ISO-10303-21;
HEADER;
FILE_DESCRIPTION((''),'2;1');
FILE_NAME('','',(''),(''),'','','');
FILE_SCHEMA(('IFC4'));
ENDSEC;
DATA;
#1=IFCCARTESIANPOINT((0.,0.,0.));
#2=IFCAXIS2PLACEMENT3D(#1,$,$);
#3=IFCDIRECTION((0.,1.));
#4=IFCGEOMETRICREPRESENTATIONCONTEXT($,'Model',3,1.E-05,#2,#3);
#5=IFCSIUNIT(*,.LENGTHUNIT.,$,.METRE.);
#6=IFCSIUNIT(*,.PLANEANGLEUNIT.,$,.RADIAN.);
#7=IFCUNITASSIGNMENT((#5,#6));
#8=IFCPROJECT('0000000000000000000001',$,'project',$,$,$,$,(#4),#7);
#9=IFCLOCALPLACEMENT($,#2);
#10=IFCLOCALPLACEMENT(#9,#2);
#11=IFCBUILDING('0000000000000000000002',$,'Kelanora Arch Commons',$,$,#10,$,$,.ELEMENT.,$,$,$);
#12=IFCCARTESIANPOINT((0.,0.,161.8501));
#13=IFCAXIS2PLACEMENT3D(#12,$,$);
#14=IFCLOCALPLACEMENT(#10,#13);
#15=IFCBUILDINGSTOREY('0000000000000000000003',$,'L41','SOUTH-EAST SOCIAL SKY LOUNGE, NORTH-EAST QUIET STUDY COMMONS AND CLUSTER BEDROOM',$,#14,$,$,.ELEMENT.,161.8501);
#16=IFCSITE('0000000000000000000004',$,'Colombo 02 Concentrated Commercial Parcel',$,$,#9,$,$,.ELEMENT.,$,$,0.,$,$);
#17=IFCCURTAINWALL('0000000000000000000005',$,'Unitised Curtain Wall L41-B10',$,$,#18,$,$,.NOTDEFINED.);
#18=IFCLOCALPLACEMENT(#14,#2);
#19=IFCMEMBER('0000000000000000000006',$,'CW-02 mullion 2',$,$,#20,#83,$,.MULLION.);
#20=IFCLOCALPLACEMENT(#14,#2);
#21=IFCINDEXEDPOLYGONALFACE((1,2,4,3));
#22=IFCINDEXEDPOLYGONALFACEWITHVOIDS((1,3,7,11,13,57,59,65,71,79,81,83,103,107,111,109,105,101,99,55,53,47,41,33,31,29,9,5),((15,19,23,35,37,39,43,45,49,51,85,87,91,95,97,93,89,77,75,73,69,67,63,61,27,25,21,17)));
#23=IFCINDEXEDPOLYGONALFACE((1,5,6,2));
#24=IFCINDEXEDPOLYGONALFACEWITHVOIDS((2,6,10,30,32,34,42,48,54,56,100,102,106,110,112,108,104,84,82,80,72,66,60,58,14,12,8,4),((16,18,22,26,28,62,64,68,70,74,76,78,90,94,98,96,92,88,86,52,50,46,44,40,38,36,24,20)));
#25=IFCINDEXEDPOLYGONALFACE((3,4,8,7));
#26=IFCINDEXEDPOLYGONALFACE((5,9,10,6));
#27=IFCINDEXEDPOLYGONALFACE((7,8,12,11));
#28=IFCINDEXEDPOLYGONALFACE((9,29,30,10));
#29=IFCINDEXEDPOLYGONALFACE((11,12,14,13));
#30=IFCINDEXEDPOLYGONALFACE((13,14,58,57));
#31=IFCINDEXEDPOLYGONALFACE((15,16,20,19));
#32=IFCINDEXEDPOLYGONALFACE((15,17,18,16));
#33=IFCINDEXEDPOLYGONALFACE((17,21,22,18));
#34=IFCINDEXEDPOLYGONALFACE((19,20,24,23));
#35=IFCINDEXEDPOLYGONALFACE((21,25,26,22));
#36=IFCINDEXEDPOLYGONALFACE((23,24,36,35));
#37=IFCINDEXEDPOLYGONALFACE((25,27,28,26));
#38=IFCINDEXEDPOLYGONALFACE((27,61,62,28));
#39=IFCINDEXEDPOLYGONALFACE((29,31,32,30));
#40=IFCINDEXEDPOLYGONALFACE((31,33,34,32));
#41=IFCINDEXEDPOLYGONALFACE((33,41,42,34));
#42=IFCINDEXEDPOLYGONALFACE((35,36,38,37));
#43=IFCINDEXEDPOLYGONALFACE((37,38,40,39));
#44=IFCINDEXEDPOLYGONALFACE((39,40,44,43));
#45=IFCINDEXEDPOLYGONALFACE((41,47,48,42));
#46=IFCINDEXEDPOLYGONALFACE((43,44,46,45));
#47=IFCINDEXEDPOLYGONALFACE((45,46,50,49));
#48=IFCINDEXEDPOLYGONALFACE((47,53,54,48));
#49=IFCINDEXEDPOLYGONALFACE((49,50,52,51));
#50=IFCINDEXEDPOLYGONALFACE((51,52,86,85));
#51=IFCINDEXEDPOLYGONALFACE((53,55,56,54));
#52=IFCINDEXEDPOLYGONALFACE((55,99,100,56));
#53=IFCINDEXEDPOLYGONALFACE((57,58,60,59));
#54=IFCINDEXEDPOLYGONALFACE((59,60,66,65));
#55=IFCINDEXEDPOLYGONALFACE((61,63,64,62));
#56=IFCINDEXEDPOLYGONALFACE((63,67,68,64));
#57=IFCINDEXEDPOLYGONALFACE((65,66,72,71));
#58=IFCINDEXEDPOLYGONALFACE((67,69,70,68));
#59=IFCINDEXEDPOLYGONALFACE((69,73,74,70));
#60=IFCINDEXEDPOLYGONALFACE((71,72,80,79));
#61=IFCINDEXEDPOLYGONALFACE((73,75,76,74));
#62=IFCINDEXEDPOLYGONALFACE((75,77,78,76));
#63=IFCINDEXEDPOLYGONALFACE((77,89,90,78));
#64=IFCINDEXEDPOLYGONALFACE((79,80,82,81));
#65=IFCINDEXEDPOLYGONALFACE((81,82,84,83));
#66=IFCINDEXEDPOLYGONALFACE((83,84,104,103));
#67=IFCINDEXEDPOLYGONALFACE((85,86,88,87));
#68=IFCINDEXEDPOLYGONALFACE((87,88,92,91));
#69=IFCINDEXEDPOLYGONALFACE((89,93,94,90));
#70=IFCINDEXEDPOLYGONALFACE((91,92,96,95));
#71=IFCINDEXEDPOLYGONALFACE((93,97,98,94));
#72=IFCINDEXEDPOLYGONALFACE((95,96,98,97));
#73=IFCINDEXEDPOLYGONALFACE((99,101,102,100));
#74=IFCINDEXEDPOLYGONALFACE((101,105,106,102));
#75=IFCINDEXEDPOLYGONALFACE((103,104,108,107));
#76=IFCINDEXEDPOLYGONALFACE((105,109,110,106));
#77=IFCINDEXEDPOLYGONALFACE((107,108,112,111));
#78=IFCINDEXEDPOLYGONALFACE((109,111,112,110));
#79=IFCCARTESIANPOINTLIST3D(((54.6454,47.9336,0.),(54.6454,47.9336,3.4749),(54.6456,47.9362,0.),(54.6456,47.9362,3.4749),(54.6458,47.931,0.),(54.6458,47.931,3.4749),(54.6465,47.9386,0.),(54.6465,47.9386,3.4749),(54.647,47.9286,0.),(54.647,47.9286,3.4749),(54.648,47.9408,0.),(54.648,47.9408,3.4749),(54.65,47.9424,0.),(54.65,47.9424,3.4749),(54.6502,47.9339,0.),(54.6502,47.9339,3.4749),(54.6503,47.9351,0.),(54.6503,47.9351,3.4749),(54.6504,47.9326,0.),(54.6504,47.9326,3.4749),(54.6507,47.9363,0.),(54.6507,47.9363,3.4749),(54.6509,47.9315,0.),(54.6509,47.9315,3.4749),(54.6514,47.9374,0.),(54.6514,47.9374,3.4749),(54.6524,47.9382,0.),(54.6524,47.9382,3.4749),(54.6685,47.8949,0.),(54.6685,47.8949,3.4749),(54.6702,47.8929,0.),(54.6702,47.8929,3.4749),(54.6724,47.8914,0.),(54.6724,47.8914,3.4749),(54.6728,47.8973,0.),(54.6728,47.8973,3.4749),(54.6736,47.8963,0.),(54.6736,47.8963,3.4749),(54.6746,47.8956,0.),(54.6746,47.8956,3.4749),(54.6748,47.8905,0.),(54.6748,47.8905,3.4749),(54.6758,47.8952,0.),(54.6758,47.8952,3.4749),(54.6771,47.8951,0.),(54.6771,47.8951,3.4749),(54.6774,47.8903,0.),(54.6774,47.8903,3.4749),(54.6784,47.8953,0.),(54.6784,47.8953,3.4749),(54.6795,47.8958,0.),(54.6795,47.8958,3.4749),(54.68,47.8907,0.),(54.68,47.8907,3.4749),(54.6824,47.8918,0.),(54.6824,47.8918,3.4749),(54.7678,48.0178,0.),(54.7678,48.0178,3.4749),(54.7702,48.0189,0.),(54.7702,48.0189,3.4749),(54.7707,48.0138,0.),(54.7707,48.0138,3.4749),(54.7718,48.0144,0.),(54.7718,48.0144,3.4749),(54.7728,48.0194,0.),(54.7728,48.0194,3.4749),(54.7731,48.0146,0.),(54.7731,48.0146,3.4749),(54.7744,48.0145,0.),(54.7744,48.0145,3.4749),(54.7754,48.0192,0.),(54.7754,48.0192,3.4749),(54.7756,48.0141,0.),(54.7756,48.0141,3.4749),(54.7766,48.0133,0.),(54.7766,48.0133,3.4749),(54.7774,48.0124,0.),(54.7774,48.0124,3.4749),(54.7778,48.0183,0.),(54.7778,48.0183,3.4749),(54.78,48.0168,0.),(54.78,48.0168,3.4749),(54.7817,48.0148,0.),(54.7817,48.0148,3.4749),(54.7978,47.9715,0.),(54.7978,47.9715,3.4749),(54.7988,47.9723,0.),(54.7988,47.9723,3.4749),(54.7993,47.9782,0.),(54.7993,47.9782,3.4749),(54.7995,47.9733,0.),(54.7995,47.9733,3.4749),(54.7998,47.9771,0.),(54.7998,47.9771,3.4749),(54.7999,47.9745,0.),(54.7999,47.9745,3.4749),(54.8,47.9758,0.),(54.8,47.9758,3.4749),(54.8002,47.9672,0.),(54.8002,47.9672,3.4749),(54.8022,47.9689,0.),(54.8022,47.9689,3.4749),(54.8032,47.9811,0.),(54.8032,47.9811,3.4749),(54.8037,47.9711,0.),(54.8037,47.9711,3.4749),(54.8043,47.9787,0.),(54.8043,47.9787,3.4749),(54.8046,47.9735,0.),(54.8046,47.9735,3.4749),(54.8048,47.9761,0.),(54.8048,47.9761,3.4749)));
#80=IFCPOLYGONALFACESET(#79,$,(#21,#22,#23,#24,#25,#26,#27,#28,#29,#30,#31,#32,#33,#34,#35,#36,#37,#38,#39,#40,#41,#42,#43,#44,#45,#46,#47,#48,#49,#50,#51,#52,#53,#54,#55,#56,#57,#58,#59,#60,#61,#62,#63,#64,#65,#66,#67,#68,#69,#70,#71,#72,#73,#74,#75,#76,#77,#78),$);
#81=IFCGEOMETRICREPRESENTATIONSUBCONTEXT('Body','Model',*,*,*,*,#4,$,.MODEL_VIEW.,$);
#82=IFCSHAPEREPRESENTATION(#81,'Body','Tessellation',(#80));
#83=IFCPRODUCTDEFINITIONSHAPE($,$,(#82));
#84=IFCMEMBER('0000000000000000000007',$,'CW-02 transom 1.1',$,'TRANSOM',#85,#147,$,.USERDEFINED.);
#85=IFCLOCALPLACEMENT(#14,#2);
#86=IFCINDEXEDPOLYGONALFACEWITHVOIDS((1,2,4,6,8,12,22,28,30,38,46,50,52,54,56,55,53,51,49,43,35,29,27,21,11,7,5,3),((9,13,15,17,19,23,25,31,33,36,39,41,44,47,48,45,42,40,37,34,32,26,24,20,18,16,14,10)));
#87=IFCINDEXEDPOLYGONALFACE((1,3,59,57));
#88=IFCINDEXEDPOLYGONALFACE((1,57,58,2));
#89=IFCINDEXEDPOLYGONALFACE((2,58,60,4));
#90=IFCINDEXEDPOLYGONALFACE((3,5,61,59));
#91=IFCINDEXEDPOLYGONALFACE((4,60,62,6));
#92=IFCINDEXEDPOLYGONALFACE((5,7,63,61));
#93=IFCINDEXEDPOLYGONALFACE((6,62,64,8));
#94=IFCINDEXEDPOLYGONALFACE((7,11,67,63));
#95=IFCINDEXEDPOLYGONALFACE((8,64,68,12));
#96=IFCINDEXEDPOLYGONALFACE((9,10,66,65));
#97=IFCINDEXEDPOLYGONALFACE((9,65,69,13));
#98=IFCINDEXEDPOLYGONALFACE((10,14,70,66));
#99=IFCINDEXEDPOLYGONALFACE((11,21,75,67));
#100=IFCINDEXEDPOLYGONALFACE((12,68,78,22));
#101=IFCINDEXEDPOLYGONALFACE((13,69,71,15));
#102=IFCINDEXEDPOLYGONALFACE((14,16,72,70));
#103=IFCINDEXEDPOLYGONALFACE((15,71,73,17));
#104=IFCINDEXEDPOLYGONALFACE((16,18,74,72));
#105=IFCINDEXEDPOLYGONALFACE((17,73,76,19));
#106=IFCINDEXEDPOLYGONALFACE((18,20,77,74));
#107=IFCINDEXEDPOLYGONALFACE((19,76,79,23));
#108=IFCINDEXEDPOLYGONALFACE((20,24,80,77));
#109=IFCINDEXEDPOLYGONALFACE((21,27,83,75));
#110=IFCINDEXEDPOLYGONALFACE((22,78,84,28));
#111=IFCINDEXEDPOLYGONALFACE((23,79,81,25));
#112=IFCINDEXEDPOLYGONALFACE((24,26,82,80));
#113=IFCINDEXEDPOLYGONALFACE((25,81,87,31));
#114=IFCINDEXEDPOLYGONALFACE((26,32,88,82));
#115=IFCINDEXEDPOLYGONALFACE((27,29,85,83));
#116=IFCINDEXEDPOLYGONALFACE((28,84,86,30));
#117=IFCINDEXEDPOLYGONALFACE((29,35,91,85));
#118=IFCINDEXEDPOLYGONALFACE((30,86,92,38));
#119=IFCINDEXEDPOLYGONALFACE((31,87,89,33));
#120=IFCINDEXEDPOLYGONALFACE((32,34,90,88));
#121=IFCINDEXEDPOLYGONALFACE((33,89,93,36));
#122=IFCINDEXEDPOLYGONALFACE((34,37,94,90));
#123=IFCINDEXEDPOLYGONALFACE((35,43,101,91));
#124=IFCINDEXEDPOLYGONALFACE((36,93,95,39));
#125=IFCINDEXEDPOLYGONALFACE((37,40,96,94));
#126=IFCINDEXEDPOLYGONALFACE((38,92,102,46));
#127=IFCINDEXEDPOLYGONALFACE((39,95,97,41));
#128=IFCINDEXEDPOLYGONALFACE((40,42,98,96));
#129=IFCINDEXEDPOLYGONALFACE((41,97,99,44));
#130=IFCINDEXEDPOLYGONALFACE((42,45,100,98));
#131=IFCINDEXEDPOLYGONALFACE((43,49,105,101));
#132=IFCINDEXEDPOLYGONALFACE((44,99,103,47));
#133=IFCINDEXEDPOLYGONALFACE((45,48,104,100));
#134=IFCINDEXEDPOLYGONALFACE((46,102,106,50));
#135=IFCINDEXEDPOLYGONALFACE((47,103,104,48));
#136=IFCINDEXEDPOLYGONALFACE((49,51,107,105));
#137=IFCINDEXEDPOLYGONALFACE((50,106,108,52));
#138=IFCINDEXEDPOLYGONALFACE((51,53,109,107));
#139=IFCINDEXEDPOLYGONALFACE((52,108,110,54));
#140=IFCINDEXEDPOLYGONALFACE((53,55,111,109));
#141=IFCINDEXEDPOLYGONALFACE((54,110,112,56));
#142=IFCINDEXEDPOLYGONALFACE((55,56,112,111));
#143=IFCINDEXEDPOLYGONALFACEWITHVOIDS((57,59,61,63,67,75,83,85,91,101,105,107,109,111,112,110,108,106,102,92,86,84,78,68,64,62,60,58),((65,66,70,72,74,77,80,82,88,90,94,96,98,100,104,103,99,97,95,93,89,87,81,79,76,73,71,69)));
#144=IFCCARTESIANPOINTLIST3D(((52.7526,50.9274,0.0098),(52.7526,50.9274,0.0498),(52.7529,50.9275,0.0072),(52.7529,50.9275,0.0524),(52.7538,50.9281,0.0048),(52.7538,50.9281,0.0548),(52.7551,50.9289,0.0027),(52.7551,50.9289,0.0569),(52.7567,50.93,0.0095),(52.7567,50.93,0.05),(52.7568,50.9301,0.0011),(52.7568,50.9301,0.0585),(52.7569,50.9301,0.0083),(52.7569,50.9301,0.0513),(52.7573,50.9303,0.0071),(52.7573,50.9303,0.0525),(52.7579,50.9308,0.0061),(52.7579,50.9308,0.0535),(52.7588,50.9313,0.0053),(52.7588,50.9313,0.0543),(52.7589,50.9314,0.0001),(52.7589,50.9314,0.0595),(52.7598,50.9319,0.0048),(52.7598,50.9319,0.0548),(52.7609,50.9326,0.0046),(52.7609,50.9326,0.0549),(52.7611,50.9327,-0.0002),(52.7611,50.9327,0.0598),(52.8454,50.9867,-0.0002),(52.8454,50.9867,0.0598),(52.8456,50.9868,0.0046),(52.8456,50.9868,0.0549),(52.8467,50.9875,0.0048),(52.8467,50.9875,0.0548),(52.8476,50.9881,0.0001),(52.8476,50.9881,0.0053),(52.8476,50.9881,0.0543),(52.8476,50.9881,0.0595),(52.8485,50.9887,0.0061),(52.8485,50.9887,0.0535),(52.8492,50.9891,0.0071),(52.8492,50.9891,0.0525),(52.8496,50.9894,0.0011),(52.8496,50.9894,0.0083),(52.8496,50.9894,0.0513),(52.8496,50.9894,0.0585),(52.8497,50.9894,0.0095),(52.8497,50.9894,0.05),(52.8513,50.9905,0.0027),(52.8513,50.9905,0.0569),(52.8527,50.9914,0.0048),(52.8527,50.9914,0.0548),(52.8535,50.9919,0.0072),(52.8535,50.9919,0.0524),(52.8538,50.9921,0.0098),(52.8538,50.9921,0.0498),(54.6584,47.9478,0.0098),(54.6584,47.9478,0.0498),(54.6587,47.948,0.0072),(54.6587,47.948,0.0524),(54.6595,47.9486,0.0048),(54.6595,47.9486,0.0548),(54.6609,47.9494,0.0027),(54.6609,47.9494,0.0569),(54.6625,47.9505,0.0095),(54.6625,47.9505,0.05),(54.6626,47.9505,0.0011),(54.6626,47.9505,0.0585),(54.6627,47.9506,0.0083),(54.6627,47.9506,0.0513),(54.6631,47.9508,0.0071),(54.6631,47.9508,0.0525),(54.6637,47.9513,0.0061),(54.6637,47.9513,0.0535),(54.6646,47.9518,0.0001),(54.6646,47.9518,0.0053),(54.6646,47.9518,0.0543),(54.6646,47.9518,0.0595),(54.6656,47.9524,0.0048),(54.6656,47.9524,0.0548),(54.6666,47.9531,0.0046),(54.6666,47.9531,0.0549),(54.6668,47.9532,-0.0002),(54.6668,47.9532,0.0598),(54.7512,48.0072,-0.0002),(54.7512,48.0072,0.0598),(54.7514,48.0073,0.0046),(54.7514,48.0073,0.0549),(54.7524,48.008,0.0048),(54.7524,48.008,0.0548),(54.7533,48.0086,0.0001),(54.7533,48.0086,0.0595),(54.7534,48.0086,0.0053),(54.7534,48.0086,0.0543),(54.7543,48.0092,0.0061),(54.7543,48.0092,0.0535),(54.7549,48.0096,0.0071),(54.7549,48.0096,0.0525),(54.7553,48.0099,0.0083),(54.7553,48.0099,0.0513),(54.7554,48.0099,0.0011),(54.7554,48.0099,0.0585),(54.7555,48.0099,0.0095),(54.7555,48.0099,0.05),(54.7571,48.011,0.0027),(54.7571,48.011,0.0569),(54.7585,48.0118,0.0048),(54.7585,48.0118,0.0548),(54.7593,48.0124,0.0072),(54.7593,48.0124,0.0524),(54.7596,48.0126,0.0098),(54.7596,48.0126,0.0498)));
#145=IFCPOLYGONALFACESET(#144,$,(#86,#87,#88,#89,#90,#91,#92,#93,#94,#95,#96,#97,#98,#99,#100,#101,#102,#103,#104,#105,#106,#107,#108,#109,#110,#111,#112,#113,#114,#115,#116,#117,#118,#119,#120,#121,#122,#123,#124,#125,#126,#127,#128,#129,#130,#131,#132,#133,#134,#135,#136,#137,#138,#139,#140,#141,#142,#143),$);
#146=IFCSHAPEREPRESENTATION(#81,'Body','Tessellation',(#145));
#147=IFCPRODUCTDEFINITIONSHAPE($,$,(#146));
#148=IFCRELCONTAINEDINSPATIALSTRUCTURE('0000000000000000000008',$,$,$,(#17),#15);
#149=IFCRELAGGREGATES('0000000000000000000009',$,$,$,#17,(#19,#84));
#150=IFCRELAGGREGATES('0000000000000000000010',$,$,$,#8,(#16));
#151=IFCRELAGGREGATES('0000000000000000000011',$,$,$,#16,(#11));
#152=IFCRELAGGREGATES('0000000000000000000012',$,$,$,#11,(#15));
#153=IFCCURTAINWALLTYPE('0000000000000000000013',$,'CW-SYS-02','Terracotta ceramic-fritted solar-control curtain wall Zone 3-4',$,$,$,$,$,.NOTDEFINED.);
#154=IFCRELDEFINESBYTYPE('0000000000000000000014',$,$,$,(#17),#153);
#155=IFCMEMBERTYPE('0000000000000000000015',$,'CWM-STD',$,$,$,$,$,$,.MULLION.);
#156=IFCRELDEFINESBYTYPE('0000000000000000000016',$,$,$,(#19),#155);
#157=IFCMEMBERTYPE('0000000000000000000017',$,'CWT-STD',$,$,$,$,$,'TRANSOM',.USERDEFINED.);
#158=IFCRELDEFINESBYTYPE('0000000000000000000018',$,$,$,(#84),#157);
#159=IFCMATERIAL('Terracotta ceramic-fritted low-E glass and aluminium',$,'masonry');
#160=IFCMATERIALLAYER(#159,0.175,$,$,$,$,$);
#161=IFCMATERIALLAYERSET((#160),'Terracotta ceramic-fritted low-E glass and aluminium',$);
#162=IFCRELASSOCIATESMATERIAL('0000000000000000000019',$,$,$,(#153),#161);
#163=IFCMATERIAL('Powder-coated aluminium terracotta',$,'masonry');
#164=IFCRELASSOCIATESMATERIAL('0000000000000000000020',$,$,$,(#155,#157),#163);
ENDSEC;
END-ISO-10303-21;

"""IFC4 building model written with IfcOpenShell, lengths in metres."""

from ifc_helpers import new_model, si_unit, direction, frame, origin, origin_2d, place, context, subcontext, project, spatial, hollow_rectangle, extrude, material, layer, layer_set, material_profile, profile_set, type_object, element, aggregate, save


model = new_model("IFC4")

# Units and contexts
model_context = context("Model", 3, precision=1e-05, world=origin(), true_north=direction((0.0, 1.0)))
body_context = subcontext(model_context, "Body", "Model", "MODEL_VIEW")
ifc_project = project(units=[si_unit("LENGTHUNIT", "METRE"), si_unit("PLANEANGLEUNIT", "RADIAN")], contexts=[model_context])

# Site, building, storey
site_placement = place(None, origin())
site = spatial("IfcSite", under=ifc_project, at=site_placement, Name="Colombo 02 Concentrated Commercial Parcel", CompositionType="ELEMENT", RefElevation=0.0)
building_placement = place(site_placement, origin())
building = spatial("IfcBuilding", under=site, at=building_placement, Name="Kelanora Arch Commons", CompositionType="ELEMENT")
storey_placement = place(building_placement, frame((0.0, 0.0, 161.8501)))
storey = spatial("IfcBuildingStorey", under=building, at=storey_placement, Name="L41", Description="SOUTH-EAST SOCIAL SKY LOUNGE, NORTH-EAST QUIET STUDY COMMONS AND CLUSTER BEDROOM", CompositionType="ELEMENT", Elevation=161.8501)

# Shared definitions
ifc_material_1 = material(Name="Terracotta ceramic-fritted low-E glass and aluminium", Category="masonry")
ifc_layer_1 = layer(ifc_material_1, 0.175)
ifc_layer_set_1 = layer_set([ifc_layer_1], Name="Terracotta ceramic-fritted low-E glass and aluminium")
curtain_wall_type = type_object("IfcCurtainWallType", Name="CW-SYS-02", Description="Terracotta ceramic-fritted solar-control curtain wall Zone 3-4", PredefinedType="NOTDEFINED", material=ifc_layer_set_1)
ifc_material_2 = material(Name="Powder-coated aluminium terracotta", Category="masonry")
ifc_material_profile_1 = material_profile(ifc_material_2, hollow_rectangle(XDim=0.1599, YDim=0.0601, WallThickness=0.0049, InnerFilletRadius=0.0049, OuterFilletRadius=0.01, at=origin_2d()), Name="CWM160x60")
ifc_profile_set_1 = profile_set([ifc_material_profile_1], Name="Powder-coated aluminium terracotta")
member_type_1 = type_object("IfcMemberType", Name="CWM-STD", PredefinedType="MULLION", material=ifc_profile_set_1)

# Curtain wall, members
curtain_wall_1_placement = place(storey_placement, origin())
curtain_wall_1 = element("IfcCurtainWall", 1, at=curtain_wall_1_placement, inside=storey, type_object=curtain_wall_type, Name="Unitised Curtain Wall L41-B10", PredefinedType="NOTDEFINED")
member_1_placement = place(storey_placement, frame((54.7251, 47.9548, 0.0), z_axis=(0.0, 0.0, 1.0), x_axis=(0.842423, 0.538817, 0.0)))
member_1 = element("IfcMember", 2, at=member_1_placement, type_object=member_type_1, Name="CW-02 mullion 2", PredefinedType="MULLION", context=body_context, shape_type="SweptSolid", body=[
    extrude(hollow_rectangle(XDim=0.1599, YDim=0.0601, WallThickness=0.0049, InnerFilletRadius=0.0049, OuterFilletRadius=0.01, at=origin_2d()), origin(), (0.0, 0.0, 1.0), 3.4749),
])
ifc_material_profile_2 = material_profile(ifc_material_2, hollow_rectangle(XDim=0.1201, YDim=0.0601, WallThickness=0.0049, InnerFilletRadius=0.0049, OuterFilletRadius=0.01, at=origin_2d()), Name="CWT120x60")
ifc_profile_set_2 = profile_set([ifc_material_profile_2], Name="Powder-coated aluminium terracotta")
member_type_2 = type_object("IfcMemberType", Name="CWT-STD", ElementType="TRANSOM", PredefinedType="USERDEFINED", material=ifc_profile_set_2)
member_2_placement = place(storey_placement, frame((52.8032, 50.9597, 0.0298), z_axis=(0.53883, -0.842414, 0.0), x_axis=(0.842414, 0.53883, 0.0)))
member_2 = element("IfcMember", 3, at=member_2_placement, type_object=member_type_2, Name="CW-02 transom 1.1", ObjectType="TRANSOM", PredefinedType="USERDEFINED", context=body_context, shape_type="SweptSolid", body=[
    extrude(hollow_rectangle(XDim=0.1201, YDim=0.0601, WallThickness=0.0049, InnerFilletRadius=0.0049, OuterFilletRadius=0.01, at=origin_2d()), origin(), (0.0, 0.0, 1.0), 3.5369),
])

aggregate(curtain_wall_1, [member_1, member_2])

save(model, "model.ifc")
